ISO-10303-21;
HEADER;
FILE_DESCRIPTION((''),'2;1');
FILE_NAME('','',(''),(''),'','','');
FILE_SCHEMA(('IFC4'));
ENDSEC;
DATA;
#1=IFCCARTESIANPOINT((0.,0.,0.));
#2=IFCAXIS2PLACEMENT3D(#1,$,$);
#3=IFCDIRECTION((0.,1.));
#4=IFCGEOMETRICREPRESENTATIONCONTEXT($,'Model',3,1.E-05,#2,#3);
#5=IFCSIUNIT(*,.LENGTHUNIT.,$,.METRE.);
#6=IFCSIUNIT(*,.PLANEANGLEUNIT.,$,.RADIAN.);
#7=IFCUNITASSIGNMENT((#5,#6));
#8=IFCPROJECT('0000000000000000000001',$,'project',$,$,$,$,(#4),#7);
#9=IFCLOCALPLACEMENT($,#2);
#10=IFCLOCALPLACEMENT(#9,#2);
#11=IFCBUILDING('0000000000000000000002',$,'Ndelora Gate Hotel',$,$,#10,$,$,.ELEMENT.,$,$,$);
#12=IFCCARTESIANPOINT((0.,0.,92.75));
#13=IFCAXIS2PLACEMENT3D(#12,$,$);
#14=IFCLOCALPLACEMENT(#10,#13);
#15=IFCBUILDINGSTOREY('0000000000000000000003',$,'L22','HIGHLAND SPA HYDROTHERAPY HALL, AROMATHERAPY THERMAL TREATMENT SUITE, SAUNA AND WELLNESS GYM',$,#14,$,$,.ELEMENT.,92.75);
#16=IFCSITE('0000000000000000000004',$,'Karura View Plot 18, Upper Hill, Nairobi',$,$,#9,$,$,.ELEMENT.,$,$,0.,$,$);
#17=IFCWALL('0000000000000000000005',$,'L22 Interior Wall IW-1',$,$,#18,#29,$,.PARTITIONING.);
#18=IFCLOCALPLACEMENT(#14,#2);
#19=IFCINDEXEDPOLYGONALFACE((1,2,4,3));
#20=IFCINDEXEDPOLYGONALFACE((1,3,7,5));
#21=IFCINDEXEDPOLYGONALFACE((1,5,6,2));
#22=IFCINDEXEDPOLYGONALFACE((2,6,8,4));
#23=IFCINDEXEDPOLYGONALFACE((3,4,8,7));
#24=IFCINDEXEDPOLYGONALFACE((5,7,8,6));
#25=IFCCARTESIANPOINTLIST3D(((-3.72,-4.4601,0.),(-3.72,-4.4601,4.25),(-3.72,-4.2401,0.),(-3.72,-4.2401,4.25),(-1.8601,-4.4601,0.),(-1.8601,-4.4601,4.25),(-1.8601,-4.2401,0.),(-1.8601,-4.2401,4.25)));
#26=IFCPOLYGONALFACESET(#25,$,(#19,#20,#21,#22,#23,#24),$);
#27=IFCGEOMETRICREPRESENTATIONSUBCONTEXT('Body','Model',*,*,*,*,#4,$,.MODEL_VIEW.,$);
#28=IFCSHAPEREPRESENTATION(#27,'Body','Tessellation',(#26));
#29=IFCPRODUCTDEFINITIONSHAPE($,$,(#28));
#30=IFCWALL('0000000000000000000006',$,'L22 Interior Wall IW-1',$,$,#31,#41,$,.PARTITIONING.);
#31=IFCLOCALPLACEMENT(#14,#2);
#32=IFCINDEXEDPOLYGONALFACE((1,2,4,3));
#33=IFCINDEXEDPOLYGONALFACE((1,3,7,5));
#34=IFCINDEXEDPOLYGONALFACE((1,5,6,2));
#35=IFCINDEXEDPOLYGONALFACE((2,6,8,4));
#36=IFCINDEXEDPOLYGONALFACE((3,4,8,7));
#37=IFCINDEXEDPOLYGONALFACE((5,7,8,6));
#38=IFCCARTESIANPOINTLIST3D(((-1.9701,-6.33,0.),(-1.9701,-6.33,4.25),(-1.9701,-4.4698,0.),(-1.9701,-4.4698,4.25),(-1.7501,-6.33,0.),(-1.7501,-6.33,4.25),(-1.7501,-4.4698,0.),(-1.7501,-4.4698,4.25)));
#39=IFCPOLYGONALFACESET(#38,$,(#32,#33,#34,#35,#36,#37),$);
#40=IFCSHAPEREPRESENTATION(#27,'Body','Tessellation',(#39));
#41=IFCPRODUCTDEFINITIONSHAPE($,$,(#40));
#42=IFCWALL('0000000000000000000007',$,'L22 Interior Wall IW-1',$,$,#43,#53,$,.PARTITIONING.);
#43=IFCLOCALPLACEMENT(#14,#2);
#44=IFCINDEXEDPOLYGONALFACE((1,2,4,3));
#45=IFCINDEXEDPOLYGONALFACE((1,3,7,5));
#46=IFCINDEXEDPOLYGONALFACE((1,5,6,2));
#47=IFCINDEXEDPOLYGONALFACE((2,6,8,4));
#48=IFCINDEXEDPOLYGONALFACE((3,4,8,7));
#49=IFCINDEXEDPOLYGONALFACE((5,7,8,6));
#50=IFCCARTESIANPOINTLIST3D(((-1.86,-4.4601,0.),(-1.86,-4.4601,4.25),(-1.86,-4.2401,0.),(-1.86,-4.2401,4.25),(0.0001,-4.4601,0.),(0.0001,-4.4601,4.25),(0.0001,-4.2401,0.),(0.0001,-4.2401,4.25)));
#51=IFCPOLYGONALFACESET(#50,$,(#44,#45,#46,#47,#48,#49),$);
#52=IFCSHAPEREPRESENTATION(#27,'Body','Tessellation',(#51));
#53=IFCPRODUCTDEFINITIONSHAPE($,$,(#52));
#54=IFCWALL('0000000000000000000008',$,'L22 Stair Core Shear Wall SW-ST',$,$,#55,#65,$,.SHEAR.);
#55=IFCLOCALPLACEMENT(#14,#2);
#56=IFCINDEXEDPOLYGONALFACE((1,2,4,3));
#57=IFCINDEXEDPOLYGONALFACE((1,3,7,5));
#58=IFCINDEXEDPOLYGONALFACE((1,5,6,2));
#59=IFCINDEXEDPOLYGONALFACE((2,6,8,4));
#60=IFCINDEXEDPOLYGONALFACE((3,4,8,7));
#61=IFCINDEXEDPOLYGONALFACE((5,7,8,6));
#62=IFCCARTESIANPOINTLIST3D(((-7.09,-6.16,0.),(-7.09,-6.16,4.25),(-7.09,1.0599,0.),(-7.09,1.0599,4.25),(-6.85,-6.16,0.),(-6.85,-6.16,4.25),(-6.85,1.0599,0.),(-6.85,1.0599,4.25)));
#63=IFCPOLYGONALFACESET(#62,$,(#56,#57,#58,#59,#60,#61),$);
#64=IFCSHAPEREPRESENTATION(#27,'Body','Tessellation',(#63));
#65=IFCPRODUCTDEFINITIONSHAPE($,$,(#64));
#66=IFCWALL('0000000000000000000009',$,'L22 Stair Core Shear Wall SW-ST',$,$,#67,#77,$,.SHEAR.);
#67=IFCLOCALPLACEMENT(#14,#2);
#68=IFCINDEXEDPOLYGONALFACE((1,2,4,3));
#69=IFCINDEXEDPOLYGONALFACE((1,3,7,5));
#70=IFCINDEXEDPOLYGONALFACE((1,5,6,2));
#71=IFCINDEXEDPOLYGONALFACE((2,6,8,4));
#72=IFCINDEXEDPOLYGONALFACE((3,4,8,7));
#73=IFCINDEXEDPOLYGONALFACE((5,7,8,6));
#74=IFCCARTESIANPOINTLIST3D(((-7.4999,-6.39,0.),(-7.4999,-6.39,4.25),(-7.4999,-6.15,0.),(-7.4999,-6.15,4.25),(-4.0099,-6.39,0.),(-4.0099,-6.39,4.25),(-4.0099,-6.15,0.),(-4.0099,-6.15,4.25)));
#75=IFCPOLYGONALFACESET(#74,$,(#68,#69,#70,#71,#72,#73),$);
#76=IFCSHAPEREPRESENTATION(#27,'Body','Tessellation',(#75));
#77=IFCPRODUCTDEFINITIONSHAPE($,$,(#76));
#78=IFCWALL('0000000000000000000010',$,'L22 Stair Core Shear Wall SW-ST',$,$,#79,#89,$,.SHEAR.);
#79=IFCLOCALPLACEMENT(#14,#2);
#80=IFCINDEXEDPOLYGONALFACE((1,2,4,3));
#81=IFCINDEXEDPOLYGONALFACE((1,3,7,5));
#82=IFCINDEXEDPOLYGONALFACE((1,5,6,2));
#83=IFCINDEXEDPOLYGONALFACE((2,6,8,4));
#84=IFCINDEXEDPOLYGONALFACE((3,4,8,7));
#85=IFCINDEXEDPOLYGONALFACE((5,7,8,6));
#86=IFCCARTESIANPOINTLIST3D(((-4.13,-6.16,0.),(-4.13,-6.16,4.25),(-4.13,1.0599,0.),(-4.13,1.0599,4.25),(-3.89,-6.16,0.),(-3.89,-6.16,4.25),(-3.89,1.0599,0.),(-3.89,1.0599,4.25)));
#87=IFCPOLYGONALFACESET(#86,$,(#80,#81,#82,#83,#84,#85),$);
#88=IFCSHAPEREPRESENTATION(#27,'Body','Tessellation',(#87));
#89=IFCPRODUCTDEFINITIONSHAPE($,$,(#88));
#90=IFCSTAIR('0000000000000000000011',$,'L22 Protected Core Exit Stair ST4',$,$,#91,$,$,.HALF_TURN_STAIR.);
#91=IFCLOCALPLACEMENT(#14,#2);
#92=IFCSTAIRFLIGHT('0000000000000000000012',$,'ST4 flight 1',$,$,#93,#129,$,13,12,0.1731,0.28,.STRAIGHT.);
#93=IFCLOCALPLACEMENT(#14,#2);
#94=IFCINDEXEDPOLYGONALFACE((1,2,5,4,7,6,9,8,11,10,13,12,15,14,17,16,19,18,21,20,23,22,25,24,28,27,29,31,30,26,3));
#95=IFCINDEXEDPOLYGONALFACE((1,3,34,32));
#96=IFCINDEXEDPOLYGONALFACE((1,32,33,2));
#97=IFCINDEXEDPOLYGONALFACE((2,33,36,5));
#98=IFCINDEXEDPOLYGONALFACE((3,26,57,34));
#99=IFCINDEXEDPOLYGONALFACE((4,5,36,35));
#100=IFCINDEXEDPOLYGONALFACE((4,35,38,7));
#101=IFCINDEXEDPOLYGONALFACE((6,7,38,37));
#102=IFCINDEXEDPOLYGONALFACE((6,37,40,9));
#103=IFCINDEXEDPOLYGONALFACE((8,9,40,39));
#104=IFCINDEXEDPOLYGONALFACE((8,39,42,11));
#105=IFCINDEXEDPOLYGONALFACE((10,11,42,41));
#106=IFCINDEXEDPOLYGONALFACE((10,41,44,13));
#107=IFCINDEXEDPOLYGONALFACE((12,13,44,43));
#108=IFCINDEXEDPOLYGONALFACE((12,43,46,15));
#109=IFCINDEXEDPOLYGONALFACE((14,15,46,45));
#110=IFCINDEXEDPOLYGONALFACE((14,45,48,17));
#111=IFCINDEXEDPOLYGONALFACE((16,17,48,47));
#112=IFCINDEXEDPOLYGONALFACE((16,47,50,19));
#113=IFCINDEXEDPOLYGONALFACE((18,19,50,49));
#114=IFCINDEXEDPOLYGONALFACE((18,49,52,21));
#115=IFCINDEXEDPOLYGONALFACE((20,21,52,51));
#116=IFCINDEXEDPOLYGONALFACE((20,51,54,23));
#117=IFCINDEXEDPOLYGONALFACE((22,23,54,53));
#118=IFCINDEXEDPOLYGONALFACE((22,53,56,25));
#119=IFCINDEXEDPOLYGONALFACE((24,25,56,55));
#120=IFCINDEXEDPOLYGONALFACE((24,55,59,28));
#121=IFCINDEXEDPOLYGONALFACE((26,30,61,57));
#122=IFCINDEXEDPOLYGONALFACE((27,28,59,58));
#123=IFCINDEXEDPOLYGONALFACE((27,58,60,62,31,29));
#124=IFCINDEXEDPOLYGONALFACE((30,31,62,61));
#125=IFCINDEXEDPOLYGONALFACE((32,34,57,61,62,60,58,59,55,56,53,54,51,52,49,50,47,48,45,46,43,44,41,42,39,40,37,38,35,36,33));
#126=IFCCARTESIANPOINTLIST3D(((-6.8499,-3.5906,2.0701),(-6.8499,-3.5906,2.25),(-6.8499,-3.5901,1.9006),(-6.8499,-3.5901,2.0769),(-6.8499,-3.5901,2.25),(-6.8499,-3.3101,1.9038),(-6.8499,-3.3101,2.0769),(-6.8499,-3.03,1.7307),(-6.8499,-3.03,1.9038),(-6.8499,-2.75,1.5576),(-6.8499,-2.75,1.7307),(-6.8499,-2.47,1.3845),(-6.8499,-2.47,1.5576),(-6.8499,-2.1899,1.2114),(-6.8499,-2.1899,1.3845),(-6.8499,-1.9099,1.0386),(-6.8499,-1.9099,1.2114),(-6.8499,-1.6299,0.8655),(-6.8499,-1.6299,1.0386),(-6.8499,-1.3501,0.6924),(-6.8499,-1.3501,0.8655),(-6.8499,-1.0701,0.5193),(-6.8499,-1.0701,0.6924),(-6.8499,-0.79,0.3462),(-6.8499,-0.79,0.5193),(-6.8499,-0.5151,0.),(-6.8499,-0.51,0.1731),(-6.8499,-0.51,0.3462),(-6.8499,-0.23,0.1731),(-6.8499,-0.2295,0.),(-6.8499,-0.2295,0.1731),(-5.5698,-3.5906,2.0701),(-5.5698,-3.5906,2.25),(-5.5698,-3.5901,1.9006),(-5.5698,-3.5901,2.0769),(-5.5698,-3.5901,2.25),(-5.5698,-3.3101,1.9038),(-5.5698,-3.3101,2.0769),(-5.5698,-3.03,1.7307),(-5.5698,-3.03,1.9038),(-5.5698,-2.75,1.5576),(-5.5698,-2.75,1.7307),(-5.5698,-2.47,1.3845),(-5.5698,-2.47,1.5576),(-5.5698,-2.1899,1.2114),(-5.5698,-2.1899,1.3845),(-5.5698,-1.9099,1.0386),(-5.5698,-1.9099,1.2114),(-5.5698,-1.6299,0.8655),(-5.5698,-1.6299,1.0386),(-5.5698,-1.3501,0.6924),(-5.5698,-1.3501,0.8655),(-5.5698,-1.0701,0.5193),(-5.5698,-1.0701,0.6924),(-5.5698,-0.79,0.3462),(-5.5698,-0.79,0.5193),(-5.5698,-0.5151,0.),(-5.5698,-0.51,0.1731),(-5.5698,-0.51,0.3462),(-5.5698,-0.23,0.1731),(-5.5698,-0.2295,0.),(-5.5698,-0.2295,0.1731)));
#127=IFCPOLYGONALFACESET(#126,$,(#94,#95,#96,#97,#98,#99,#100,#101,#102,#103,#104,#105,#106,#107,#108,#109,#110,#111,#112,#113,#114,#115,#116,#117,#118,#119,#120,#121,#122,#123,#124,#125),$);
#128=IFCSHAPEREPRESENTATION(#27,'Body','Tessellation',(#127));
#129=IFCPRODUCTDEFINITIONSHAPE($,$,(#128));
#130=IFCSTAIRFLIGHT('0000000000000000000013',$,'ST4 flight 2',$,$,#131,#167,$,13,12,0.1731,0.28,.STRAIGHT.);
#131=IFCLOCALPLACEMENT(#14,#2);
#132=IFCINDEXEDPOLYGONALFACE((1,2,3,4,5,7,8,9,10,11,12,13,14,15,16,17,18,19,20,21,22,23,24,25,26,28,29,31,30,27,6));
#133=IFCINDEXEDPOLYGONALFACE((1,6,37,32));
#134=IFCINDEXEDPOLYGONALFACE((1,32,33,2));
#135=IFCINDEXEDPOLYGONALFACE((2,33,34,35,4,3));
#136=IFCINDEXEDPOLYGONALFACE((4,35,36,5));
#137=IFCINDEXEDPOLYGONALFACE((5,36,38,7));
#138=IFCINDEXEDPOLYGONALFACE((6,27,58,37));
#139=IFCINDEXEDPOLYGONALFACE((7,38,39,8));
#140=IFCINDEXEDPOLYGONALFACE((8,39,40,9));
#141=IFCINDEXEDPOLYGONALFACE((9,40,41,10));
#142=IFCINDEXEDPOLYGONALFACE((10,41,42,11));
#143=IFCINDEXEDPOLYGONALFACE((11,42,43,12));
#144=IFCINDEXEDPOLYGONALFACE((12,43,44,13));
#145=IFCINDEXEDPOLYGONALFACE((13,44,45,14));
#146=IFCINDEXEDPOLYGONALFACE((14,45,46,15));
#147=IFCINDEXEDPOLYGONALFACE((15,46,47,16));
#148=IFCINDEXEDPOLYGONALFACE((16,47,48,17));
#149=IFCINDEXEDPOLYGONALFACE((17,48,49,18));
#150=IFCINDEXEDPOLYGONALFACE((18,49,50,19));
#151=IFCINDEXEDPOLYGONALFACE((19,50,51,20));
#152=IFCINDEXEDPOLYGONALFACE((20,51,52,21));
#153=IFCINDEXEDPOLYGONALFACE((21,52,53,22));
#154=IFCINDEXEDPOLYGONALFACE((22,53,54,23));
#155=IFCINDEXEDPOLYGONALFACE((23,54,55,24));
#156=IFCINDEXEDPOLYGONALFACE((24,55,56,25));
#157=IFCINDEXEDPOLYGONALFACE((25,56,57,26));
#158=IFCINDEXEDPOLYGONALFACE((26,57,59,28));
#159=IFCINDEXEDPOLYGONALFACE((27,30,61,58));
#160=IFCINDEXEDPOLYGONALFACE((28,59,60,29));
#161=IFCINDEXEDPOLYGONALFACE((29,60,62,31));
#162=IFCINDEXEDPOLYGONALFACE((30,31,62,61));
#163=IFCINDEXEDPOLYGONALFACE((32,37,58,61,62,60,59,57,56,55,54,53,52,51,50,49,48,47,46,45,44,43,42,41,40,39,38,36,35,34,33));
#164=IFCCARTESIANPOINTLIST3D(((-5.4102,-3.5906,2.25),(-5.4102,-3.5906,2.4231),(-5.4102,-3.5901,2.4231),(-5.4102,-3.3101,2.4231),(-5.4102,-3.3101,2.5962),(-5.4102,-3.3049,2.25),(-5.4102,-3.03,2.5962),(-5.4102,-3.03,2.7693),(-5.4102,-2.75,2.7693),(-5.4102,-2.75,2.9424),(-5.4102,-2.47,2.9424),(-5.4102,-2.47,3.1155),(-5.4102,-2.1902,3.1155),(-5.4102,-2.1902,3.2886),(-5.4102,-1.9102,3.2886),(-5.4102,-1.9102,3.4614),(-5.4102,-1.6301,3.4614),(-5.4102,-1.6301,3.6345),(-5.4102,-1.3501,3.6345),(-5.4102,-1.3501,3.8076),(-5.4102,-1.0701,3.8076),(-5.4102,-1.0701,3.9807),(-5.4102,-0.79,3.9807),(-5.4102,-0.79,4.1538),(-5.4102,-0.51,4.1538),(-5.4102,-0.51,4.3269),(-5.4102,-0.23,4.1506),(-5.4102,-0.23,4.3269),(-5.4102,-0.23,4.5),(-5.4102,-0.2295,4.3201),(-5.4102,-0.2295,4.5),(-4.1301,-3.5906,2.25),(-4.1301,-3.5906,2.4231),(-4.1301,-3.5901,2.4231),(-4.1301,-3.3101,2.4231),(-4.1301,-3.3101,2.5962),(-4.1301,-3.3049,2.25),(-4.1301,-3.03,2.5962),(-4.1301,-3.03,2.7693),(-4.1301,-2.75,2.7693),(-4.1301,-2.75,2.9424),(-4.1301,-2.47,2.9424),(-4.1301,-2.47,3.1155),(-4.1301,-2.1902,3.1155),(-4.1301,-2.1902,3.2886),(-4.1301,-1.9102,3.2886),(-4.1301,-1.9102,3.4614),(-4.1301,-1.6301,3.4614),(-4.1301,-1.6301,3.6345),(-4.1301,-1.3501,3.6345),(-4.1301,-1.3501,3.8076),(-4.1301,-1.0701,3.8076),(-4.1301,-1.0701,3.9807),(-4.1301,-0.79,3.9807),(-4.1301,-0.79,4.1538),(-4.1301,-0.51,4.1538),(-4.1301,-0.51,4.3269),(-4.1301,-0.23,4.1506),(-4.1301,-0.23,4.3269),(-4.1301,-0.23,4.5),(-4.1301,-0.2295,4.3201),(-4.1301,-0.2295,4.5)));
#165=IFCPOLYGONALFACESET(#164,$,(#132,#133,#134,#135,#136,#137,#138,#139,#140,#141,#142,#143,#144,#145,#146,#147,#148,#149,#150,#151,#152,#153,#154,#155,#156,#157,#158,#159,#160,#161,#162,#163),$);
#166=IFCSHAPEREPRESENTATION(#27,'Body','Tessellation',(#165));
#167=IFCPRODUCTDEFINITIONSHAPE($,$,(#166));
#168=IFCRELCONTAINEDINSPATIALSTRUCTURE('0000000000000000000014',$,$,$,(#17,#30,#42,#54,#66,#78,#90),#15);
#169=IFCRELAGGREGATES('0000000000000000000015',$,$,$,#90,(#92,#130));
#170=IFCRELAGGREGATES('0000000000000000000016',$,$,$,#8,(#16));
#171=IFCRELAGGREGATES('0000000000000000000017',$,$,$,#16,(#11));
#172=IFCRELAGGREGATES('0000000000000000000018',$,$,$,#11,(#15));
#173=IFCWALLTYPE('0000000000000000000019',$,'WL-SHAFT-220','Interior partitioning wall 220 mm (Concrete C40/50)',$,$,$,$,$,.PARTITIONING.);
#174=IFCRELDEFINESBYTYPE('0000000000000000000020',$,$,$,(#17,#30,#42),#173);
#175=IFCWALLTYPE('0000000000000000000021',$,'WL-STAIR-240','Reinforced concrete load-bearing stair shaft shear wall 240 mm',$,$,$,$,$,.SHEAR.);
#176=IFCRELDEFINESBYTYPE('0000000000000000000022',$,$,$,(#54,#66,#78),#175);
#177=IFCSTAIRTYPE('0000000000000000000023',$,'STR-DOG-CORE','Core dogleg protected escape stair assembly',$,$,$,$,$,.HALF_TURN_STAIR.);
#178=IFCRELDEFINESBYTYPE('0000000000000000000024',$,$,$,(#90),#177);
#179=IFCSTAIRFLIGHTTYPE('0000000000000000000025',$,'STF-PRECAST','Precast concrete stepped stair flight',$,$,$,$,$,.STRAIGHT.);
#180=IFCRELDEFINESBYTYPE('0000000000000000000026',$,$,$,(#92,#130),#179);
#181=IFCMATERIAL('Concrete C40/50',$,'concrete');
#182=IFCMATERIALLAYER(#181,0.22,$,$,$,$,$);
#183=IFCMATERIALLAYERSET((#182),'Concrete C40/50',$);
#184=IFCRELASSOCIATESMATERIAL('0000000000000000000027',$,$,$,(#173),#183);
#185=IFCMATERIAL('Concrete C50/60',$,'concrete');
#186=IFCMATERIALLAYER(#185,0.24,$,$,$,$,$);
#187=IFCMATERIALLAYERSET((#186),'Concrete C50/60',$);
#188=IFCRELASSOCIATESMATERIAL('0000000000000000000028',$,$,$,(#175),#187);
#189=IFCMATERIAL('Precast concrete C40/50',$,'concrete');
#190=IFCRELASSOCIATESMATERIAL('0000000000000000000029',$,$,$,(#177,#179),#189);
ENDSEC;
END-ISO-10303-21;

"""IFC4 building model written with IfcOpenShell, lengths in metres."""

from ifc_helpers import new_model, si_unit, direction, frame, frame_2d, origin, place, context, subcontext, project, spatial, polyline, rectangle, outline, extrude, material, layer, layer_set, type_object, element, aggregate, save


model = new_model("IFC4")

# Units and contexts
model_context = context("Model", 3, precision=1e-05, world=origin(), true_north=direction((0.0, 1.0)))
body_context = subcontext(model_context, "Body", "Model", "MODEL_VIEW")
ifc_project = project(units=[si_unit("LENGTHUNIT", "METRE"), si_unit("PLANEANGLEUNIT", "RADIAN")], contexts=[model_context])

# Site, building, storey
site_placement = place(None, origin())
site = spatial("IfcSite", under=ifc_project, at=site_placement, Name="Karura View Plot 18, Upper Hill, Nairobi", CompositionType="ELEMENT", RefElevation=0.0)
building_placement = place(site_placement, origin())
building = spatial("IfcBuilding", under=site, at=building_placement, Name="Ndelora Gate Hotel", CompositionType="ELEMENT")
storey_placement = place(building_placement, frame((0.0, 0.0, 92.75)))
storey = spatial("IfcBuildingStorey", under=building, at=storey_placement, Name="L22", Description="HIGHLAND SPA HYDROTHERAPY HALL, AROMATHERAPY THERMAL TREATMENT SUITE, SAUNA AND WELLNESS GYM", CompositionType="ELEMENT", Elevation=92.75)

# Walls
ifc_material_1 = material(Name="Concrete C40/50", Category="concrete")
ifc_layer_1 = layer(ifc_material_1, 0.22)
ifc_layer_set_1 = layer_set([ifc_layer_1], Name="Concrete C40/50")
wall_type_1 = type_object("IfcWallType", Name="WL-SHAFT-220", Description="Interior partitioning wall 220 mm (Concrete C40/50)", PredefinedType="PARTITIONING", material=ifc_layer_set_1)
wall_1_placement = place(storey_placement, frame((-3.72, -4.3501, 0.0), z_axis=(0.0, 0.0, 1.0), x_axis=(1.0, 0.0, 0.0)))
element("IfcWall", 1, at=wall_1_placement, inside=storey, type_object=wall_type_1, Name="L22 Interior Wall IW-1", PredefinedType="PARTITIONING", context=body_context, shape_type="SweptSolid", body=[
    extrude(rectangle(XDim=1.8599, YDim=0.22, at=frame_2d((0.9299, 0.0))), origin(), (0.0, 0.0, 1.0), 4.25),
])
for number, where, z_axis, x_axis, name in (
    (2, (-1.8601, -6.3301, 0.0), (0.0, 0.0, 1.0), (0.0, 1.0, 0.0), "L22 Interior Wall IW-1"),
    (3, (-1.8601, -4.3501, 0.0), (0.0, 0.0, 1.0), (1.0, 0.0, 0.0), "L22 Interior Wall IW-1"),
):
    element("IfcWall", number, at=place(storey_placement, frame(where, z_axis=z_axis, x_axis=x_axis)), inside=storey, type_object=wall_type_1, Name=name, PredefinedType="PARTITIONING", context=body_context, shape_type="SweptSolid", body=[
        extrude(rectangle(XDim=1.8601, YDim=0.22, at=frame_2d((0.9302, 0.0))), origin(), (0.0, 0.0, 1.0), 4.25),
    ])
ifc_material_2 = material(Name="Concrete C50/60", Category="concrete")
ifc_layer_2 = layer(ifc_material_2, 0.24)
ifc_layer_set_2 = layer_set([ifc_layer_2], Name="Concrete C50/60")
wall_type_2 = type_object("IfcWallType", Name="WL-STAIR-240", Description="Reinforced concrete load-bearing stair shaft shear wall 240 mm", PredefinedType="SHEAR", material=ifc_layer_set_2)
wall_2_placement = place(storey_placement, frame((-6.97, -6.1599, 0.0), z_axis=(0.0, 0.0, 1.0), x_axis=(0.0, 1.0, 0.0)))
element("IfcWall", 4, at=wall_2_placement, inside=storey, type_object=wall_type_2, Name="L22 Stair Core Shear Wall SW-ST", PredefinedType="SHEAR", context=body_context, shape_type="SweptSolid", body=[
    extrude(rectangle(XDim=7.22, YDim=0.24, at=frame_2d((3.6099, 0.0))), origin(), (0.0, 0.0, 1.0), 4.25),
])
wall_3_placement = place(storey_placement, frame((-7.5, -6.27, 0.0), z_axis=(0.0, 0.0, 1.0), x_axis=(1.0, 0.0, 0.0)))
element("IfcWall", 5, at=wall_3_placement, inside=storey, type_object=wall_type_2, Name="L22 Stair Core Shear Wall SW-ST", PredefinedType="SHEAR", context=body_context, shape_type="SweptSolid", body=[
    extrude(rectangle(XDim=3.49, YDim=0.24, at=frame_2d((1.7451, 0.0))), origin(), (0.0, 0.0, 1.0), 4.25),
])
wall_4_placement = place(storey_placement, frame((-4.01, -6.1599, 0.0), z_axis=(0.0, 0.0, 1.0), x_axis=(0.0, 1.0, 0.0)))
element("IfcWall", 6, at=wall_4_placement, inside=storey, type_object=wall_type_2, Name="L22 Stair Core Shear Wall SW-ST", PredefinedType="SHEAR", context=body_context, shape_type="SweptSolid", body=[
    extrude(rectangle(XDim=7.22, YDim=0.24, at=frame_2d((3.6099, 0.0))), origin(), (0.0, 0.0, 1.0), 4.25),
])

# Stair, stair flights
ifc_material_3 = material(Name="Precast concrete C40/50", Category="concrete")
stair_type = type_object("IfcStairType", Name="STR-DOG-CORE", Description="Core dogleg protected escape stair assembly", PredefinedType="HALF_TURN_STAIR", material=ifc_material_3)
stair_placement = place(storey_placement, origin())
stair = element("IfcStair", 7, at=stair_placement, inside=storey, type_object=stair_type, Name="L22 Protected Core Exit Stair ST4", PredefinedType="HALF_TURN_STAIR")
stair_flight_type = type_object("IfcStairFlightType", Name="STF-PRECAST", Description="Precast concrete stepped stair flight", PredefinedType="STRAIGHT", material=ifc_material_3)
stair_flight_1_placement = place(storey_placement, frame((-6.21, -0.23, 0.0), z_axis=(0.0, 0.0, 1.0), x_axis=(0.0, -1.0, 0.0)))
stair_flight_1 = element("IfcStairFlight", 8, at=stair_flight_1_placement, type_object=stair_flight_type, Name="ST4 flight 1", NumberOfRisers=13, NumberOfTreads=12, PredefinedType="STRAIGHT", RiserHeight=0.1731, TreadLength=0.28, context=body_context, shape_type="SweptSolid", body=[
    extrude(outline(polyline([(-0.0005, 0.0), (-0.0005, 0.1731), (0.0, 0.1731), (0.28, 0.1731), (0.28, 0.3462), (0.5601, 0.3462), (0.5601, 0.5193), (0.8401, 0.5193), (0.8401, 0.6924), (1.1201, 0.6924), (1.1201, 0.8655), (1.3999, 0.8655), (1.3999, 1.0386), (1.6799, 1.0386), (1.6799, 1.2114), (1.96, 1.2114), (1.96, 1.3845), (2.24, 1.3845), (2.24, 1.5576), (2.52, 1.5576), (2.52, 1.7307), (2.8, 1.7307), (2.8, 1.9038), (3.0801, 1.9038), (3.0801, 2.0769), (3.3601, 2.0769), (3.3601, 2.25), (3.3606, 2.25), (3.3606, 2.0701), (3.3601, 1.9006), (0.2852, 0.0), (-0.0005, 0.0)])), frame((0.0, 0.6401, 0.0), z_axis=(0.0, -1.0, 0.0), x_axis=(1.0, 0.0, 0.0)), (0.0, 0.0, 1.0), 1.28),
])
stair_flight_2_placement = place(storey_placement, frame((-4.77, -3.5901, 2.25), z_axis=(0.0, 0.0, 1.0), x_axis=(0.0, 1.0, 0.0)))
stair_flight_2 = element("IfcStairFlight", 9, at=stair_flight_2_placement, type_object=stair_flight_type, Name="ST4 flight 2", NumberOfRisers=13, NumberOfTreads=12, PredefinedType="STRAIGHT", RiserHeight=0.1731, TreadLength=0.28, context=body_context, shape_type="SweptSolid", body=[
    extrude(outline(polyline([(-0.0005, 0.0), (-0.0005, 0.1731), (0.0, 0.1731), (0.28, 0.1731), (0.28, 0.3462), (0.5601, 0.3462), (0.5601, 0.5193), (0.8401, 0.5193), (0.8401, 0.6924), (1.1201, 0.6924), (1.1201, 0.8655), (1.3999, 0.8655), (1.3999, 1.0386), (1.6799, 1.0386), (1.6799, 1.2114), (1.96, 1.2114), (1.96, 1.3845), (2.24, 1.3845), (2.24, 1.5576), (2.52, 1.5576), (2.52, 1.7307), (2.8, 1.7307), (2.8, 1.9038), (3.0801, 1.9038), (3.0801, 2.0769), (3.3601, 2.0769), (3.3601, 2.25), (3.3606, 2.25), (3.3606, 2.0701), (3.3601, 1.9006), (0.2852, 0.0), (-0.0005, 0.0)])), frame((0.0, 0.6401, 0.0), z_axis=(0.0, -1.0, 0.0), x_axis=(1.0, 0.0, 0.0)), (0.0, 0.0, 1.0), 1.28),
])
aggregate(stair, [stair_flight_1, stair_flight_2])

save(model, "model.ifc")
